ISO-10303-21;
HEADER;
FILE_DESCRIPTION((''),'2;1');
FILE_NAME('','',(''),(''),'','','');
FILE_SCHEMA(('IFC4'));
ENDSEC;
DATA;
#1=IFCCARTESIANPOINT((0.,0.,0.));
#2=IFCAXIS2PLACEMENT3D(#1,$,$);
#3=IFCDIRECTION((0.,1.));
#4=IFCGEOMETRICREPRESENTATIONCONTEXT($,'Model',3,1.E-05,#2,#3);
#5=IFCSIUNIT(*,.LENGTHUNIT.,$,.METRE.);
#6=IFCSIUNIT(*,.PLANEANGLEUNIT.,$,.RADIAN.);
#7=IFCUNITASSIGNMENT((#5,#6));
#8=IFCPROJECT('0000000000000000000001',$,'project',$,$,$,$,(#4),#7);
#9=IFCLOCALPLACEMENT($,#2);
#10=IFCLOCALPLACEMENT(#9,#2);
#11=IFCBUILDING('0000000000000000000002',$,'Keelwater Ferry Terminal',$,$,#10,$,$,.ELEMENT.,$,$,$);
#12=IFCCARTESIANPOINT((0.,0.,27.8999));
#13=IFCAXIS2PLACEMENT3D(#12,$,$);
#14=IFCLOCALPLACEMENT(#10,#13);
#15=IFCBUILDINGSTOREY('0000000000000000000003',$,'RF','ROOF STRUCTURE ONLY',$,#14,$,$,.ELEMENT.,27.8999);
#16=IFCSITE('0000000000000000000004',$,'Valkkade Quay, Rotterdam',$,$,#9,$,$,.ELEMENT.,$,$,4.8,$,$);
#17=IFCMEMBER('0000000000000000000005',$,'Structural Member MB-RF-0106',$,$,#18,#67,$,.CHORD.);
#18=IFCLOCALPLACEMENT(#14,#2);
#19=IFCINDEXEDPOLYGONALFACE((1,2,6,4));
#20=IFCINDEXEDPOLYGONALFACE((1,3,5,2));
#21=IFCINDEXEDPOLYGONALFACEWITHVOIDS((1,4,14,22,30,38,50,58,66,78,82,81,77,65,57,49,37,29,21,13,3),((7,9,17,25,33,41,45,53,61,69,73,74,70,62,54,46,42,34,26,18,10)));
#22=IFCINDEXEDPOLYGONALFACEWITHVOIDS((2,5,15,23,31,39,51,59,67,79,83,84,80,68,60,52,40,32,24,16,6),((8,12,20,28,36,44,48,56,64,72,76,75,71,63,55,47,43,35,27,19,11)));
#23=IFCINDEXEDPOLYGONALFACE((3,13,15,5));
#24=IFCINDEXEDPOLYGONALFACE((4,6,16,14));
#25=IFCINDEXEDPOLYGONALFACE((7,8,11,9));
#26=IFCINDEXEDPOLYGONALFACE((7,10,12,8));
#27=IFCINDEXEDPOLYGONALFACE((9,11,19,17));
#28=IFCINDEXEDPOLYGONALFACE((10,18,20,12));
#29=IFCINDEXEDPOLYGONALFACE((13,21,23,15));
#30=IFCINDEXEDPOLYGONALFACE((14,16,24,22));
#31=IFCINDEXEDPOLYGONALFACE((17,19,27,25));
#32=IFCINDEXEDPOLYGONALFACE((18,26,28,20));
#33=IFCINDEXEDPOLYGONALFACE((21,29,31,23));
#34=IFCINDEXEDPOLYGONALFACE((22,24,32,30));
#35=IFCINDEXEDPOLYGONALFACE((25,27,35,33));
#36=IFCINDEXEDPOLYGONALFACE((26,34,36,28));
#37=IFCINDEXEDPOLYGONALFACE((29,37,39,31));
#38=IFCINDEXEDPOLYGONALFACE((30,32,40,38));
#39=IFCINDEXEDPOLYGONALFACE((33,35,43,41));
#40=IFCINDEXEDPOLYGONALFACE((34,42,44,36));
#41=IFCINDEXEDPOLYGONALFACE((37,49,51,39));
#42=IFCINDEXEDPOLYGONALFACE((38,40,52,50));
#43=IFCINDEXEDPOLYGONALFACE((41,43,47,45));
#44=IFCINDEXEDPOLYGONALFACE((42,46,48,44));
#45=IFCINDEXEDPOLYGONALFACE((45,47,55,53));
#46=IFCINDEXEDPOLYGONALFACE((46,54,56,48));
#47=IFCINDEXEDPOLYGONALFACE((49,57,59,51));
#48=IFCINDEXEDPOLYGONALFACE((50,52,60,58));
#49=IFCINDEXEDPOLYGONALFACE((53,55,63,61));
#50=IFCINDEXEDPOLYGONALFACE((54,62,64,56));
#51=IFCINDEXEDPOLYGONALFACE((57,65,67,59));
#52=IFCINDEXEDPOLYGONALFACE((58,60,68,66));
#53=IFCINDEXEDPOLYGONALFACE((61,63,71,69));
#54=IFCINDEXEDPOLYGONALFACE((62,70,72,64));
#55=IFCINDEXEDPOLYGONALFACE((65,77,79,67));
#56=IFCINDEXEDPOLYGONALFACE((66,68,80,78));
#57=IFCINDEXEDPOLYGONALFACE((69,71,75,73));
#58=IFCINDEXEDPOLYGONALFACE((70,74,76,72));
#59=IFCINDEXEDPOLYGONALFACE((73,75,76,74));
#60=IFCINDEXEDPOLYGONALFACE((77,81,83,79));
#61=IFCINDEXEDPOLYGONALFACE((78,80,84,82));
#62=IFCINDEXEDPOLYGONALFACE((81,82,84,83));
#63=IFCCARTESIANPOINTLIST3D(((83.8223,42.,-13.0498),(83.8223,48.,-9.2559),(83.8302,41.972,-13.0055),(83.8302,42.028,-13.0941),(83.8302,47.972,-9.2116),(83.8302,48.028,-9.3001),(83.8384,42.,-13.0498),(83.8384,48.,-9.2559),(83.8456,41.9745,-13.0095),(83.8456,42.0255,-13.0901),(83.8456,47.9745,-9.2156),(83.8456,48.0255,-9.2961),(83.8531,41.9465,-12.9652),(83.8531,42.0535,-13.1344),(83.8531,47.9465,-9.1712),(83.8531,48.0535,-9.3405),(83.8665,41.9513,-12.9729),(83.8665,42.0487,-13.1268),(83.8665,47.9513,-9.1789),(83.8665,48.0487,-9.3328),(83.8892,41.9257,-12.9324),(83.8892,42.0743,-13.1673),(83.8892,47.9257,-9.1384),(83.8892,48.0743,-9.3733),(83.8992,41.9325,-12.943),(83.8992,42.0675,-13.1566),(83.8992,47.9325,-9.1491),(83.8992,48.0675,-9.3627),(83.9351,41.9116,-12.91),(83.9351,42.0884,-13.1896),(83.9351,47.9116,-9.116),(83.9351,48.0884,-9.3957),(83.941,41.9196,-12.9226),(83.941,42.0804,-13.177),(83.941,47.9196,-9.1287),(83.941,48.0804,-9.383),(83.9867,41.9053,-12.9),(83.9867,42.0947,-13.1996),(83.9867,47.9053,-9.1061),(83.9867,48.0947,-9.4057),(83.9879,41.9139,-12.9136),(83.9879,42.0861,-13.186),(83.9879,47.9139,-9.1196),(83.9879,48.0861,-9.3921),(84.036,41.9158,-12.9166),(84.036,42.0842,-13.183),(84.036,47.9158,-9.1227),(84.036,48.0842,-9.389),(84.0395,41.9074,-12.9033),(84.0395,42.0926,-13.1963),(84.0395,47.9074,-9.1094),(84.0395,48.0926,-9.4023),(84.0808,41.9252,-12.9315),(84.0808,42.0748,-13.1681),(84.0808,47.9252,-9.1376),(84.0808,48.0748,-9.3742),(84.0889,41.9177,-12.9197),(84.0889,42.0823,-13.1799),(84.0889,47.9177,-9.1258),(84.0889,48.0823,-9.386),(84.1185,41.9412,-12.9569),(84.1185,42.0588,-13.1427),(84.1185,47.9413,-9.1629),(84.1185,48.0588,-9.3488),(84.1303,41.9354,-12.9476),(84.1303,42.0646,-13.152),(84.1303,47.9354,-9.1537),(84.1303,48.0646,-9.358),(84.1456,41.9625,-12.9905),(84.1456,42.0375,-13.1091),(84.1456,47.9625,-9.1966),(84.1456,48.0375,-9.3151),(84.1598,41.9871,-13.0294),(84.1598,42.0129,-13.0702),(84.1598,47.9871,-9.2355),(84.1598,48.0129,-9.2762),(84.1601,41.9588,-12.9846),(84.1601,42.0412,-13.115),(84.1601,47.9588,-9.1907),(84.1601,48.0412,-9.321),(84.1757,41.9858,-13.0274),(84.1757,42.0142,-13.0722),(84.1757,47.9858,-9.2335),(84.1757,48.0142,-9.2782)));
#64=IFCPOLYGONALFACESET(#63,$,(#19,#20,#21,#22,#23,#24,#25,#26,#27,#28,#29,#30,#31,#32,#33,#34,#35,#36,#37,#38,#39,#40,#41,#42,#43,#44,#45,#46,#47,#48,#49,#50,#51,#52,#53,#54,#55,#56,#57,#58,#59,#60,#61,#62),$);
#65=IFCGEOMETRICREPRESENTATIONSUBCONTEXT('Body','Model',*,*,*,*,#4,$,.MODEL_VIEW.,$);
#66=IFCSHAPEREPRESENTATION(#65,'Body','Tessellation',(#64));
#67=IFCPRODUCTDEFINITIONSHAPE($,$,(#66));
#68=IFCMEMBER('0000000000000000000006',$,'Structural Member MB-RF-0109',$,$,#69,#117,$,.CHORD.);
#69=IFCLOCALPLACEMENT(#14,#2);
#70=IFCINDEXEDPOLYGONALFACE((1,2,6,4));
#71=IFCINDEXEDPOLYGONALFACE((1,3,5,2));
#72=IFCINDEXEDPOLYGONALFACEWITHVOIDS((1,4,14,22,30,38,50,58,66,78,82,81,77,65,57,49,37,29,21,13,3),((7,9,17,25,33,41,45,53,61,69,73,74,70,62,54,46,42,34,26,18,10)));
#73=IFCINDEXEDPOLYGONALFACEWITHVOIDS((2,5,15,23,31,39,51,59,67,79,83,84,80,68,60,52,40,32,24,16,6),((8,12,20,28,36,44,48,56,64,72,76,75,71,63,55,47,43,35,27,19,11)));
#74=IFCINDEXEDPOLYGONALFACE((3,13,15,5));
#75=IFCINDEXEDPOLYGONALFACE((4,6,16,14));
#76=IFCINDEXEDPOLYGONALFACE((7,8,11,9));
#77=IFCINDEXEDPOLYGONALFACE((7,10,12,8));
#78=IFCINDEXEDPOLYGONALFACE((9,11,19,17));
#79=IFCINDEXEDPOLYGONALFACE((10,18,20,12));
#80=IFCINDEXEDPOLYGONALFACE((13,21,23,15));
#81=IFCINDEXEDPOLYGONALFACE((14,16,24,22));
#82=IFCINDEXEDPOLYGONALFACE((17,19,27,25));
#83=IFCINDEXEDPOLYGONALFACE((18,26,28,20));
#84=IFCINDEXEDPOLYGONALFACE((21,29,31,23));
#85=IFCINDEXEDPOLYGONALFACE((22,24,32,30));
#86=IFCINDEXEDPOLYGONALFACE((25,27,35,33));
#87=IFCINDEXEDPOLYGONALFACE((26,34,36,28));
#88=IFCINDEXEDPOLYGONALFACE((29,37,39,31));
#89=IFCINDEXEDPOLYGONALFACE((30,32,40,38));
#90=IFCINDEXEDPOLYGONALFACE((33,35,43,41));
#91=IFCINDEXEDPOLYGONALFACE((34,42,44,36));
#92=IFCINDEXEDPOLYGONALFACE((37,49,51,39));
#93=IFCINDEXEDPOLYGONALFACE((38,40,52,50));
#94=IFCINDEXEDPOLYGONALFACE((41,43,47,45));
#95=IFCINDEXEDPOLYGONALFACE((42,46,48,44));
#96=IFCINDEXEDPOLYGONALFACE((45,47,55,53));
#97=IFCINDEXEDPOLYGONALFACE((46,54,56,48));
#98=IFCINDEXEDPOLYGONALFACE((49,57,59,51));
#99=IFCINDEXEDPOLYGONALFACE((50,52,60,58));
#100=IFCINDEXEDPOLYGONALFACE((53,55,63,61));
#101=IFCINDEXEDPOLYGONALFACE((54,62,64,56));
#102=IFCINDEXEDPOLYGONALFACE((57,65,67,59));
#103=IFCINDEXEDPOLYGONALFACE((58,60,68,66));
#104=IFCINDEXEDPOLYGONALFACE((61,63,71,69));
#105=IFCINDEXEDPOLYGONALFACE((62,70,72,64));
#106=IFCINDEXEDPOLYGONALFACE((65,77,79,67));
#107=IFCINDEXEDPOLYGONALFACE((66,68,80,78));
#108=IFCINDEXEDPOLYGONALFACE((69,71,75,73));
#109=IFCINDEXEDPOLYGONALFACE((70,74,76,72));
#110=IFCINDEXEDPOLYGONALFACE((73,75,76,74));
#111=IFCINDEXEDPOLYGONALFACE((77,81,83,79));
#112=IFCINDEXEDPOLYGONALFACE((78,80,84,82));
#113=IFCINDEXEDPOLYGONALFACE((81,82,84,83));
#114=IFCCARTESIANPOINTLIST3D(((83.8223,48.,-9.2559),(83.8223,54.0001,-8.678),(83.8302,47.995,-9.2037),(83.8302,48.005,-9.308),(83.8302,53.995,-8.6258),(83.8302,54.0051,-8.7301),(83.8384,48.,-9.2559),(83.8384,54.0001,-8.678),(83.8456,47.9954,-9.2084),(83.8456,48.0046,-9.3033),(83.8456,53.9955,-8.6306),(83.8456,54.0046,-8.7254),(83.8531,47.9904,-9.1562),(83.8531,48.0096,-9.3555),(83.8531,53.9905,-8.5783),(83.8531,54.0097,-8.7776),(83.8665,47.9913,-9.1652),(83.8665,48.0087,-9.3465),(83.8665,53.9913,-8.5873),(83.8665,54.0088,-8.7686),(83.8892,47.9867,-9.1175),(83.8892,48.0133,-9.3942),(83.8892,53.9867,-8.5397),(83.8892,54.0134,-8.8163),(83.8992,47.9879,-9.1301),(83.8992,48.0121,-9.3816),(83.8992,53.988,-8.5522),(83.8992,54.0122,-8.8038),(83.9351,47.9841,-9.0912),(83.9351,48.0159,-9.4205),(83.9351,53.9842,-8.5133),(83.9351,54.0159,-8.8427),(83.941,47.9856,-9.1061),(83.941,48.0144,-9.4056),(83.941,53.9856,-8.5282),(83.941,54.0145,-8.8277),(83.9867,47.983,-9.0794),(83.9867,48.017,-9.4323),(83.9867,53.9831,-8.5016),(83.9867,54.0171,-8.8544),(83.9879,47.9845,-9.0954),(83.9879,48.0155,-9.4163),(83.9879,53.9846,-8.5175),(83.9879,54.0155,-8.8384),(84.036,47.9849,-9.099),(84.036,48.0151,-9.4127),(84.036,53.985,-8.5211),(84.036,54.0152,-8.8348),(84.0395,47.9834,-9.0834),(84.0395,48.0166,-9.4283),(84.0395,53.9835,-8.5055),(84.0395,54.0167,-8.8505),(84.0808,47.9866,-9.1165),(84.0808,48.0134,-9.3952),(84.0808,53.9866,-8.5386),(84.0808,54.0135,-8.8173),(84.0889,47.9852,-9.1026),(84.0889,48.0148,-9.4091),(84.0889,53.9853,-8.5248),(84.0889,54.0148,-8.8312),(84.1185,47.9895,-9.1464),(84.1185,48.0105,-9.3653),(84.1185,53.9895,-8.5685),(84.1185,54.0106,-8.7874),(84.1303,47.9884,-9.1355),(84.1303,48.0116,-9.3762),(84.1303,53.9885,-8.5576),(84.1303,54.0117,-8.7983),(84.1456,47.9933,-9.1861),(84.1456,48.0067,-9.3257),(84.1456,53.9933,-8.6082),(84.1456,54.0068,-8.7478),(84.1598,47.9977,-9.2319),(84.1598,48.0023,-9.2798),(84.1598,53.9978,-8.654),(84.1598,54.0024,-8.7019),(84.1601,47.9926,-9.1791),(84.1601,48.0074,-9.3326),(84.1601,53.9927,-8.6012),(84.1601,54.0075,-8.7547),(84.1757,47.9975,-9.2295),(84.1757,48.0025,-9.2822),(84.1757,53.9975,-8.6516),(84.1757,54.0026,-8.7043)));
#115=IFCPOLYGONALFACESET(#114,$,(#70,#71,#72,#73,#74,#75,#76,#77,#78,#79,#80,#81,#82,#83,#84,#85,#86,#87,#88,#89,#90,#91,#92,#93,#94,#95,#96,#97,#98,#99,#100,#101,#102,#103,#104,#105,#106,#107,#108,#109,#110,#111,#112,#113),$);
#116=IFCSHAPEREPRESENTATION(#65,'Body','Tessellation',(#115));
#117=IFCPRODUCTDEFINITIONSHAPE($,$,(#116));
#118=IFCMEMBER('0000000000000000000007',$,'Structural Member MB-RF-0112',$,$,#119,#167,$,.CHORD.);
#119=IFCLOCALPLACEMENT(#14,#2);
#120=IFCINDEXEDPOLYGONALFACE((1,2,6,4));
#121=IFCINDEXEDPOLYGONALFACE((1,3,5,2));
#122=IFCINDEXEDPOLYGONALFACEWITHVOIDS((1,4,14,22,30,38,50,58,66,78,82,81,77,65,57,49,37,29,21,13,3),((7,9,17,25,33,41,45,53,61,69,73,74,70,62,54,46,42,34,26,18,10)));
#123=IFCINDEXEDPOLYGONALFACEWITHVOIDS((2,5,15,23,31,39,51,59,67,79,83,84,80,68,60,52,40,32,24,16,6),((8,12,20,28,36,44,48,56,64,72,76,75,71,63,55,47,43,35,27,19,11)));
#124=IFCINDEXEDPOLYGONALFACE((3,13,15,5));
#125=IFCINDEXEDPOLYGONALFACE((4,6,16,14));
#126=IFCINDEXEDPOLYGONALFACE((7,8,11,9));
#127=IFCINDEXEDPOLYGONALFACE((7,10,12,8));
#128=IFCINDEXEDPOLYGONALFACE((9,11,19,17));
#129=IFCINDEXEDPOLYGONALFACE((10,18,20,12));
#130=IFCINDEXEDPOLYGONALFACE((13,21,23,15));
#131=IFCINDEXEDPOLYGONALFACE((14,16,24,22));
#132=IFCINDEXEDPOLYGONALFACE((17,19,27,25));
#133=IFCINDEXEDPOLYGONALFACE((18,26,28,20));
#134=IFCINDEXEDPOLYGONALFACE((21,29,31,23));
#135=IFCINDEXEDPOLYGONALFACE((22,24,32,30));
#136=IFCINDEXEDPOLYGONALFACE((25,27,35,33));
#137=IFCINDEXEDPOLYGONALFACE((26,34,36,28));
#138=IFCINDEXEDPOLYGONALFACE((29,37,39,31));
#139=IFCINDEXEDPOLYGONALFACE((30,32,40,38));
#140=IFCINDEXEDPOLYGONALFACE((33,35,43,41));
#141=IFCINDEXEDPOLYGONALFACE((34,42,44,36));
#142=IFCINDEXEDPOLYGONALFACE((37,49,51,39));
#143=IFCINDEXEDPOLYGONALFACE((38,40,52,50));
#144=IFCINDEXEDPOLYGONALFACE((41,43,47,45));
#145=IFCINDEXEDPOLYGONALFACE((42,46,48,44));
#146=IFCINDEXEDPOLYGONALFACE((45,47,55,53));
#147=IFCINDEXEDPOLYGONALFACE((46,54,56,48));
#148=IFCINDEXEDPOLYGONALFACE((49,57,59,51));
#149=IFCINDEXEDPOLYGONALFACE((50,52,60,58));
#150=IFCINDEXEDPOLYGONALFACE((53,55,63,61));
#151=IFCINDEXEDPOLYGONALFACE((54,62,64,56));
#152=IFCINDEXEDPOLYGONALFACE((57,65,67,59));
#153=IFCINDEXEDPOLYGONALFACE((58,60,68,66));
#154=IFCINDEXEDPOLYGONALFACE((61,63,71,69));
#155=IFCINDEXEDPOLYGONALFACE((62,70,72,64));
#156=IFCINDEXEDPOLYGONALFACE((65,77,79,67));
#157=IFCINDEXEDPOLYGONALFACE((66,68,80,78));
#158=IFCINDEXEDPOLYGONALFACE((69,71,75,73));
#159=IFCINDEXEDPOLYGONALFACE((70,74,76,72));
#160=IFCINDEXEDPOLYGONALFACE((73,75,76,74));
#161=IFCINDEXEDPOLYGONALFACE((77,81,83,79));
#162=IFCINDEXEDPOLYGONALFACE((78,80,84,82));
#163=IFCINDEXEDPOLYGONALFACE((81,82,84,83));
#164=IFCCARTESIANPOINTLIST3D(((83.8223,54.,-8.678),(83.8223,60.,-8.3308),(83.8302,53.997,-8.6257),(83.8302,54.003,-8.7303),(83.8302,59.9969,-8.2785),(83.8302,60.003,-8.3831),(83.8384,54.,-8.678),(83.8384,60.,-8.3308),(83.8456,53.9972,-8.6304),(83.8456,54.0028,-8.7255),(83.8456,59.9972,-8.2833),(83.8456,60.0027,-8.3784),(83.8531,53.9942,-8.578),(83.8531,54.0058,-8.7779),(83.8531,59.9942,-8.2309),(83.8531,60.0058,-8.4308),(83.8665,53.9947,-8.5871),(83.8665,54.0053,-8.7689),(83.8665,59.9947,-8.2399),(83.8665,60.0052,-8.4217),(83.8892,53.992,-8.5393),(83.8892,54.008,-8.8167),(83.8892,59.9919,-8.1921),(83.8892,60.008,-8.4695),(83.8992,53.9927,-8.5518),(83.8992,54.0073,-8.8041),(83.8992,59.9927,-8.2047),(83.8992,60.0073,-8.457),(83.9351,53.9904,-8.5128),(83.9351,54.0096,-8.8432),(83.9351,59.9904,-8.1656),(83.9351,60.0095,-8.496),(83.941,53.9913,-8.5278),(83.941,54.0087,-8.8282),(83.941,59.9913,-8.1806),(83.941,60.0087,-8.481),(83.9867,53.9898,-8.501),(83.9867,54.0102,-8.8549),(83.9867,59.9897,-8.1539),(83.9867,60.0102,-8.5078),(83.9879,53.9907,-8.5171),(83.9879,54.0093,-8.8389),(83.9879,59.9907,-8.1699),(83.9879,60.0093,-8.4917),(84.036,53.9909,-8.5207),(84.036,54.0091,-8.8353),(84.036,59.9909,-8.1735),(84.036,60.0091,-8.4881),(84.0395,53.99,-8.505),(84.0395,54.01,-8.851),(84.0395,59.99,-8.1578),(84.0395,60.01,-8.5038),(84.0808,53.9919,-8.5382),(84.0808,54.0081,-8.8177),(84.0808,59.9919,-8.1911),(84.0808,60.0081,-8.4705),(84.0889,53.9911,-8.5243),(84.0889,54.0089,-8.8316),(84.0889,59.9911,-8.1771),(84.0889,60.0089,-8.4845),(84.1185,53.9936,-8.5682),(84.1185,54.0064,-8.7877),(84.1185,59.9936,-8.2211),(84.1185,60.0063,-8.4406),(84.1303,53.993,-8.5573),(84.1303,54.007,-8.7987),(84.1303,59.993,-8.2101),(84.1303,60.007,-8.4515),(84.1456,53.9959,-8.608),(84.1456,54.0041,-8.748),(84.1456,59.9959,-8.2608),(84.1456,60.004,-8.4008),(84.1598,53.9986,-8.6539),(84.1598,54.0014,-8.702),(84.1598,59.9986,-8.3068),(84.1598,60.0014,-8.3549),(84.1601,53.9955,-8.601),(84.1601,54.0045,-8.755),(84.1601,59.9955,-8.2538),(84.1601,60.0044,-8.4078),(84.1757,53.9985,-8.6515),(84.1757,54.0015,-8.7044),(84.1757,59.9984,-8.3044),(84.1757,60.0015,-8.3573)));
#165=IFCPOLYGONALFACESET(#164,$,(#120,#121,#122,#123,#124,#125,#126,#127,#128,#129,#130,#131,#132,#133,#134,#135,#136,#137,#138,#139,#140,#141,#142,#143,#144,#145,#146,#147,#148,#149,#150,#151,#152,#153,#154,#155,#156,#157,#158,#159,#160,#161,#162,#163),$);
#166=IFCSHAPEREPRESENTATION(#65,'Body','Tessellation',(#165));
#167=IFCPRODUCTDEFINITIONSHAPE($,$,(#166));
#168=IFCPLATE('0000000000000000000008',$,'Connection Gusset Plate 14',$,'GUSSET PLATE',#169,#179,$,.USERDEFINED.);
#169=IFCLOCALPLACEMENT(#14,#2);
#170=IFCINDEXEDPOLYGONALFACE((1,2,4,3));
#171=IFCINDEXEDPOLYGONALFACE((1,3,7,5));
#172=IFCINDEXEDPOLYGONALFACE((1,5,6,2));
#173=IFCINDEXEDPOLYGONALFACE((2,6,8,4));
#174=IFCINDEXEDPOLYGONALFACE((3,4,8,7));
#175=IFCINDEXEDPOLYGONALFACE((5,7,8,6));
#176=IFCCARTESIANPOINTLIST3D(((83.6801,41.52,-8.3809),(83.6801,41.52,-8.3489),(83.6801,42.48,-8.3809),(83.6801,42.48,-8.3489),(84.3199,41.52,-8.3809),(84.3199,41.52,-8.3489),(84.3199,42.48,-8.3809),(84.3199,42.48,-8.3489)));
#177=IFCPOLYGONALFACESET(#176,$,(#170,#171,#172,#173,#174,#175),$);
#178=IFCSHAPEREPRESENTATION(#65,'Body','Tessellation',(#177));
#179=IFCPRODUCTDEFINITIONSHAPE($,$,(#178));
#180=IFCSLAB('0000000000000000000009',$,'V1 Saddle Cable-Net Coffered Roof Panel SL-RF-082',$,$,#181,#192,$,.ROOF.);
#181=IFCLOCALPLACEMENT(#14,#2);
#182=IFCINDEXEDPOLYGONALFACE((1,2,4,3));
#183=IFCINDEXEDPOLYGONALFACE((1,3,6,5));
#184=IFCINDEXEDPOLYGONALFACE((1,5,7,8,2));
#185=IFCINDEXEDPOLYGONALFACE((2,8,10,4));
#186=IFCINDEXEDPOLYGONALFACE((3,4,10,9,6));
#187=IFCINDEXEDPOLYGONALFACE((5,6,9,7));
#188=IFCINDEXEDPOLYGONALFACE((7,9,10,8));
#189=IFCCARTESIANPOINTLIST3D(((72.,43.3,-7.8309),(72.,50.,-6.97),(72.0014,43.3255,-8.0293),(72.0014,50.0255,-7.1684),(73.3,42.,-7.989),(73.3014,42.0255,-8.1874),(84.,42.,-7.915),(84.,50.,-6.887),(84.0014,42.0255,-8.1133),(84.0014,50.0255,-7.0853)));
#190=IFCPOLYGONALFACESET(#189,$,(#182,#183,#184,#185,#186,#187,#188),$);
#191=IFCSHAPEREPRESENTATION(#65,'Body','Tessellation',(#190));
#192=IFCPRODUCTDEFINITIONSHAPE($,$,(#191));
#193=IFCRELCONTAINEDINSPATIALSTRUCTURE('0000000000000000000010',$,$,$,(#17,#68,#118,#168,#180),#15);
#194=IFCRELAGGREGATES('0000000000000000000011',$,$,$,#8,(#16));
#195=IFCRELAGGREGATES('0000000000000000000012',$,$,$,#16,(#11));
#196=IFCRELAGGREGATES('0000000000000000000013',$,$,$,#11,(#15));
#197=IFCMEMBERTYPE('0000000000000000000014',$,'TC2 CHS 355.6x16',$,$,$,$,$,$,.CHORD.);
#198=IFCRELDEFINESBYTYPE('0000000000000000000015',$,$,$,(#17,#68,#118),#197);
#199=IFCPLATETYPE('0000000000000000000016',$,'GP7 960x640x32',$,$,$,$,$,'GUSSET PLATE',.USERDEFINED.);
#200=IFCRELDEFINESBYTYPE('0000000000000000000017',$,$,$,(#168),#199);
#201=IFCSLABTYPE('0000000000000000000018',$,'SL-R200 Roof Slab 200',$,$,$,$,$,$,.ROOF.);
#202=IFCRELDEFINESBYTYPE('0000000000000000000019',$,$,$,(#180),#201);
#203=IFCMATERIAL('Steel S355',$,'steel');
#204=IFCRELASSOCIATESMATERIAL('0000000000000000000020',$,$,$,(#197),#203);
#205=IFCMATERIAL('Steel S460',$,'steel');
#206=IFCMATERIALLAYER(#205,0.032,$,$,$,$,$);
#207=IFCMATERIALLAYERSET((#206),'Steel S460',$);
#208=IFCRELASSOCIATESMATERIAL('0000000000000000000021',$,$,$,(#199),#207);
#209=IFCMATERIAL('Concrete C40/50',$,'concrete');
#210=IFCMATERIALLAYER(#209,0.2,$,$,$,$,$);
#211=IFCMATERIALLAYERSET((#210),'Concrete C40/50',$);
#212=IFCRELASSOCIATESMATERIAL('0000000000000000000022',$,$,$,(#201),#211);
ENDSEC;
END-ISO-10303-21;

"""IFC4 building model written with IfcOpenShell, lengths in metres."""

from ifc_helpers import new_model, si_unit, direction, frame, origin, origin_with_axes, origin_2d, place, context, subcontext, project, spatial, polyline, rectangle, hollow_circle, outline, extrude, material, layer, layer_set, material_profile, profile_set, type_object, element, save


model = new_model("IFC4")

# Units and contexts
model_context = context("Model", 3, precision=1e-05, world=origin(), true_north=direction((0.0, 1.0)))
body_context = subcontext(model_context, "Body", "Model", "MODEL_VIEW")
ifc_project = project(units=[si_unit("LENGTHUNIT", "METRE"), si_unit("PLANEANGLEUNIT", "RADIAN")], contexts=[model_context])

# Site, building, storey
site_placement = place(None, origin())
site = spatial("IfcSite", under=ifc_project, at=site_placement, Name="Valkkade Quay, Rotterdam", CompositionType="ELEMENT", RefElevation=4.8)
building_placement = place(site_placement, origin())
building = spatial("IfcBuilding", under=site, at=building_placement, Name="Keelwater Ferry Terminal", CompositionType="ELEMENT")
storey_placement = place(building_placement, frame((0.0, 0.0, 27.8999)))
storey = spatial("IfcBuildingStorey", under=building, at=storey_placement, Name="RF", Description="ROOF STRUCTURE ONLY", CompositionType="ELEMENT", Elevation=27.8999)

# Members
ifc_material_1 = material(Name="Steel S355", Category="steel")
ifc_material_profile_1 = material_profile(ifc_material_1, hollow_circle(Radius=0.1777, WallThickness=0.0161, at=origin_2d()), Name="CHS 355.6x16")
ifc_profile_set_1 = profile_set([ifc_material_profile_1], Name="Steel S355")
member_type_1 = type_object("IfcMemberType", Name="TC2 CHS 355.6x16", PredefinedType="CHORD", material=ifc_profile_set_1)
member_1_placement = place(storey_placement, frame((84.0, 42.0, -13.0498), z_axis=(0.0, 0.845204, 0.534443), x_axis=(-1.0, 0.0, 0.0)))
element("IfcMember", 1, at=member_1_placement, inside=storey, type_object=member_type_1, Name="Structural Member MB-RF-0106", PredefinedType="CHORD", context=body_context, shape_type="SweptSolid", body=[
    extrude(hollow_circle(Radius=0.1777, WallThickness=0.0161, at=origin_2d()), origin(), (0.0, 0.0, 1.0), 7.0989),
])
member_2_placement = place(storey_placement, frame((84.0, 48.0, -9.2559), z_axis=(0.0, 0.995394, 0.09587), x_axis=(-1.0, 0.0, 0.0)))
element("IfcMember", 2, at=member_2_placement, inside=storey, type_object=member_type_1, Name="Structural Member MB-RF-0109", PredefinedType="CHORD", context=body_context, shape_type="SweptSolid", body=[
    extrude(hollow_circle(Radius=0.1777, WallThickness=0.0161, at=origin_2d()), origin(), (0.0, 0.0, 1.0), 6.0278),
])
member_3_placement = place(storey_placement, frame((84.0, 54.0, -8.678), z_axis=(0.0, 0.99833, 0.057765), x_axis=(-1.0, 0.0, 0.0)))
element("IfcMember", 3, at=member_3_placement, inside=storey, type_object=member_type_1, Name="Structural Member MB-RF-0112", PredefinedType="CHORD", context=body_context, shape_type="SweptSolid", body=[
    extrude(hollow_circle(Radius=0.1777, WallThickness=0.0161, at=origin_2d()), origin(), (0.0, 0.0, 1.0), 6.01),
])

# Plate
ifc_material_2 = material(Name="Steel S460", Category="steel")
ifc_layer_1 = layer(ifc_material_2, 0.032)
ifc_layer_set_1 = layer_set([ifc_layer_1], Name="Steel S460")
plate_type = type_object("IfcPlateType", Name="GP7 960x640x32", ElementType="GUSSET PLATE", PredefinedType="USERDEFINED", material=ifc_layer_set_1)
plate_placement = place(storey_placement, frame((84.0, 42.0, -8.3809), z_axis=(0.0, 0.0, 1.0), x_axis=(0.0, 1.0, 0.0)))
element("IfcPlate", 4, at=plate_placement, inside=storey, type_object=plate_type, Name="Connection Gusset Plate 14", ObjectType="GUSSET PLATE", PredefinedType="USERDEFINED", context=body_context, shape_type="SweptSolid", body=[
    extrude(rectangle(XDim=0.96, YDim=0.6399, at=origin_2d()), origin(), (0.0, 0.0, 1.0), 0.032),
])

# Slab
ifc_material_3 = material(Name="Concrete C40/50", Category="concrete")
ifc_layer_2 = layer(ifc_material_3, 0.2)
ifc_layer_set_2 = layer_set([ifc_layer_2], Name="Concrete C40/50")
slab_type = type_object("IfcSlabType", Name="SL-R200 Roof Slab 200", PredefinedType="ROOF", material=ifc_layer_set_2)
slab_1_placement = place(storey_placement, frame((73.3014, 42.0255, -8.1874), z_axis=(-0.006861, -0.12745, 0.991821), x_axis=(0.999976, -0.000875, 0.006805)))
element("IfcSlab", 5, at=slab_1_placement, inside=storey, type_object=slab_type, Name="V1 Saddle Cable-Net Coffered Roof Panel SL-RF-082", PredefinedType="ROOF", context=body_context, shape_type="SweptSolid", body=[
    extrude(outline(polyline([(0.0, 0.0), (10.7003, 0.0094), (10.7003, 8.0752), (-1.3, 8.0646), (-1.3, 1.3095), (0.0, 0.0)])), origin_with_axes(), (0.0, 0.0, 1.0), 0.2),
])

save(model, "model.ifc")
